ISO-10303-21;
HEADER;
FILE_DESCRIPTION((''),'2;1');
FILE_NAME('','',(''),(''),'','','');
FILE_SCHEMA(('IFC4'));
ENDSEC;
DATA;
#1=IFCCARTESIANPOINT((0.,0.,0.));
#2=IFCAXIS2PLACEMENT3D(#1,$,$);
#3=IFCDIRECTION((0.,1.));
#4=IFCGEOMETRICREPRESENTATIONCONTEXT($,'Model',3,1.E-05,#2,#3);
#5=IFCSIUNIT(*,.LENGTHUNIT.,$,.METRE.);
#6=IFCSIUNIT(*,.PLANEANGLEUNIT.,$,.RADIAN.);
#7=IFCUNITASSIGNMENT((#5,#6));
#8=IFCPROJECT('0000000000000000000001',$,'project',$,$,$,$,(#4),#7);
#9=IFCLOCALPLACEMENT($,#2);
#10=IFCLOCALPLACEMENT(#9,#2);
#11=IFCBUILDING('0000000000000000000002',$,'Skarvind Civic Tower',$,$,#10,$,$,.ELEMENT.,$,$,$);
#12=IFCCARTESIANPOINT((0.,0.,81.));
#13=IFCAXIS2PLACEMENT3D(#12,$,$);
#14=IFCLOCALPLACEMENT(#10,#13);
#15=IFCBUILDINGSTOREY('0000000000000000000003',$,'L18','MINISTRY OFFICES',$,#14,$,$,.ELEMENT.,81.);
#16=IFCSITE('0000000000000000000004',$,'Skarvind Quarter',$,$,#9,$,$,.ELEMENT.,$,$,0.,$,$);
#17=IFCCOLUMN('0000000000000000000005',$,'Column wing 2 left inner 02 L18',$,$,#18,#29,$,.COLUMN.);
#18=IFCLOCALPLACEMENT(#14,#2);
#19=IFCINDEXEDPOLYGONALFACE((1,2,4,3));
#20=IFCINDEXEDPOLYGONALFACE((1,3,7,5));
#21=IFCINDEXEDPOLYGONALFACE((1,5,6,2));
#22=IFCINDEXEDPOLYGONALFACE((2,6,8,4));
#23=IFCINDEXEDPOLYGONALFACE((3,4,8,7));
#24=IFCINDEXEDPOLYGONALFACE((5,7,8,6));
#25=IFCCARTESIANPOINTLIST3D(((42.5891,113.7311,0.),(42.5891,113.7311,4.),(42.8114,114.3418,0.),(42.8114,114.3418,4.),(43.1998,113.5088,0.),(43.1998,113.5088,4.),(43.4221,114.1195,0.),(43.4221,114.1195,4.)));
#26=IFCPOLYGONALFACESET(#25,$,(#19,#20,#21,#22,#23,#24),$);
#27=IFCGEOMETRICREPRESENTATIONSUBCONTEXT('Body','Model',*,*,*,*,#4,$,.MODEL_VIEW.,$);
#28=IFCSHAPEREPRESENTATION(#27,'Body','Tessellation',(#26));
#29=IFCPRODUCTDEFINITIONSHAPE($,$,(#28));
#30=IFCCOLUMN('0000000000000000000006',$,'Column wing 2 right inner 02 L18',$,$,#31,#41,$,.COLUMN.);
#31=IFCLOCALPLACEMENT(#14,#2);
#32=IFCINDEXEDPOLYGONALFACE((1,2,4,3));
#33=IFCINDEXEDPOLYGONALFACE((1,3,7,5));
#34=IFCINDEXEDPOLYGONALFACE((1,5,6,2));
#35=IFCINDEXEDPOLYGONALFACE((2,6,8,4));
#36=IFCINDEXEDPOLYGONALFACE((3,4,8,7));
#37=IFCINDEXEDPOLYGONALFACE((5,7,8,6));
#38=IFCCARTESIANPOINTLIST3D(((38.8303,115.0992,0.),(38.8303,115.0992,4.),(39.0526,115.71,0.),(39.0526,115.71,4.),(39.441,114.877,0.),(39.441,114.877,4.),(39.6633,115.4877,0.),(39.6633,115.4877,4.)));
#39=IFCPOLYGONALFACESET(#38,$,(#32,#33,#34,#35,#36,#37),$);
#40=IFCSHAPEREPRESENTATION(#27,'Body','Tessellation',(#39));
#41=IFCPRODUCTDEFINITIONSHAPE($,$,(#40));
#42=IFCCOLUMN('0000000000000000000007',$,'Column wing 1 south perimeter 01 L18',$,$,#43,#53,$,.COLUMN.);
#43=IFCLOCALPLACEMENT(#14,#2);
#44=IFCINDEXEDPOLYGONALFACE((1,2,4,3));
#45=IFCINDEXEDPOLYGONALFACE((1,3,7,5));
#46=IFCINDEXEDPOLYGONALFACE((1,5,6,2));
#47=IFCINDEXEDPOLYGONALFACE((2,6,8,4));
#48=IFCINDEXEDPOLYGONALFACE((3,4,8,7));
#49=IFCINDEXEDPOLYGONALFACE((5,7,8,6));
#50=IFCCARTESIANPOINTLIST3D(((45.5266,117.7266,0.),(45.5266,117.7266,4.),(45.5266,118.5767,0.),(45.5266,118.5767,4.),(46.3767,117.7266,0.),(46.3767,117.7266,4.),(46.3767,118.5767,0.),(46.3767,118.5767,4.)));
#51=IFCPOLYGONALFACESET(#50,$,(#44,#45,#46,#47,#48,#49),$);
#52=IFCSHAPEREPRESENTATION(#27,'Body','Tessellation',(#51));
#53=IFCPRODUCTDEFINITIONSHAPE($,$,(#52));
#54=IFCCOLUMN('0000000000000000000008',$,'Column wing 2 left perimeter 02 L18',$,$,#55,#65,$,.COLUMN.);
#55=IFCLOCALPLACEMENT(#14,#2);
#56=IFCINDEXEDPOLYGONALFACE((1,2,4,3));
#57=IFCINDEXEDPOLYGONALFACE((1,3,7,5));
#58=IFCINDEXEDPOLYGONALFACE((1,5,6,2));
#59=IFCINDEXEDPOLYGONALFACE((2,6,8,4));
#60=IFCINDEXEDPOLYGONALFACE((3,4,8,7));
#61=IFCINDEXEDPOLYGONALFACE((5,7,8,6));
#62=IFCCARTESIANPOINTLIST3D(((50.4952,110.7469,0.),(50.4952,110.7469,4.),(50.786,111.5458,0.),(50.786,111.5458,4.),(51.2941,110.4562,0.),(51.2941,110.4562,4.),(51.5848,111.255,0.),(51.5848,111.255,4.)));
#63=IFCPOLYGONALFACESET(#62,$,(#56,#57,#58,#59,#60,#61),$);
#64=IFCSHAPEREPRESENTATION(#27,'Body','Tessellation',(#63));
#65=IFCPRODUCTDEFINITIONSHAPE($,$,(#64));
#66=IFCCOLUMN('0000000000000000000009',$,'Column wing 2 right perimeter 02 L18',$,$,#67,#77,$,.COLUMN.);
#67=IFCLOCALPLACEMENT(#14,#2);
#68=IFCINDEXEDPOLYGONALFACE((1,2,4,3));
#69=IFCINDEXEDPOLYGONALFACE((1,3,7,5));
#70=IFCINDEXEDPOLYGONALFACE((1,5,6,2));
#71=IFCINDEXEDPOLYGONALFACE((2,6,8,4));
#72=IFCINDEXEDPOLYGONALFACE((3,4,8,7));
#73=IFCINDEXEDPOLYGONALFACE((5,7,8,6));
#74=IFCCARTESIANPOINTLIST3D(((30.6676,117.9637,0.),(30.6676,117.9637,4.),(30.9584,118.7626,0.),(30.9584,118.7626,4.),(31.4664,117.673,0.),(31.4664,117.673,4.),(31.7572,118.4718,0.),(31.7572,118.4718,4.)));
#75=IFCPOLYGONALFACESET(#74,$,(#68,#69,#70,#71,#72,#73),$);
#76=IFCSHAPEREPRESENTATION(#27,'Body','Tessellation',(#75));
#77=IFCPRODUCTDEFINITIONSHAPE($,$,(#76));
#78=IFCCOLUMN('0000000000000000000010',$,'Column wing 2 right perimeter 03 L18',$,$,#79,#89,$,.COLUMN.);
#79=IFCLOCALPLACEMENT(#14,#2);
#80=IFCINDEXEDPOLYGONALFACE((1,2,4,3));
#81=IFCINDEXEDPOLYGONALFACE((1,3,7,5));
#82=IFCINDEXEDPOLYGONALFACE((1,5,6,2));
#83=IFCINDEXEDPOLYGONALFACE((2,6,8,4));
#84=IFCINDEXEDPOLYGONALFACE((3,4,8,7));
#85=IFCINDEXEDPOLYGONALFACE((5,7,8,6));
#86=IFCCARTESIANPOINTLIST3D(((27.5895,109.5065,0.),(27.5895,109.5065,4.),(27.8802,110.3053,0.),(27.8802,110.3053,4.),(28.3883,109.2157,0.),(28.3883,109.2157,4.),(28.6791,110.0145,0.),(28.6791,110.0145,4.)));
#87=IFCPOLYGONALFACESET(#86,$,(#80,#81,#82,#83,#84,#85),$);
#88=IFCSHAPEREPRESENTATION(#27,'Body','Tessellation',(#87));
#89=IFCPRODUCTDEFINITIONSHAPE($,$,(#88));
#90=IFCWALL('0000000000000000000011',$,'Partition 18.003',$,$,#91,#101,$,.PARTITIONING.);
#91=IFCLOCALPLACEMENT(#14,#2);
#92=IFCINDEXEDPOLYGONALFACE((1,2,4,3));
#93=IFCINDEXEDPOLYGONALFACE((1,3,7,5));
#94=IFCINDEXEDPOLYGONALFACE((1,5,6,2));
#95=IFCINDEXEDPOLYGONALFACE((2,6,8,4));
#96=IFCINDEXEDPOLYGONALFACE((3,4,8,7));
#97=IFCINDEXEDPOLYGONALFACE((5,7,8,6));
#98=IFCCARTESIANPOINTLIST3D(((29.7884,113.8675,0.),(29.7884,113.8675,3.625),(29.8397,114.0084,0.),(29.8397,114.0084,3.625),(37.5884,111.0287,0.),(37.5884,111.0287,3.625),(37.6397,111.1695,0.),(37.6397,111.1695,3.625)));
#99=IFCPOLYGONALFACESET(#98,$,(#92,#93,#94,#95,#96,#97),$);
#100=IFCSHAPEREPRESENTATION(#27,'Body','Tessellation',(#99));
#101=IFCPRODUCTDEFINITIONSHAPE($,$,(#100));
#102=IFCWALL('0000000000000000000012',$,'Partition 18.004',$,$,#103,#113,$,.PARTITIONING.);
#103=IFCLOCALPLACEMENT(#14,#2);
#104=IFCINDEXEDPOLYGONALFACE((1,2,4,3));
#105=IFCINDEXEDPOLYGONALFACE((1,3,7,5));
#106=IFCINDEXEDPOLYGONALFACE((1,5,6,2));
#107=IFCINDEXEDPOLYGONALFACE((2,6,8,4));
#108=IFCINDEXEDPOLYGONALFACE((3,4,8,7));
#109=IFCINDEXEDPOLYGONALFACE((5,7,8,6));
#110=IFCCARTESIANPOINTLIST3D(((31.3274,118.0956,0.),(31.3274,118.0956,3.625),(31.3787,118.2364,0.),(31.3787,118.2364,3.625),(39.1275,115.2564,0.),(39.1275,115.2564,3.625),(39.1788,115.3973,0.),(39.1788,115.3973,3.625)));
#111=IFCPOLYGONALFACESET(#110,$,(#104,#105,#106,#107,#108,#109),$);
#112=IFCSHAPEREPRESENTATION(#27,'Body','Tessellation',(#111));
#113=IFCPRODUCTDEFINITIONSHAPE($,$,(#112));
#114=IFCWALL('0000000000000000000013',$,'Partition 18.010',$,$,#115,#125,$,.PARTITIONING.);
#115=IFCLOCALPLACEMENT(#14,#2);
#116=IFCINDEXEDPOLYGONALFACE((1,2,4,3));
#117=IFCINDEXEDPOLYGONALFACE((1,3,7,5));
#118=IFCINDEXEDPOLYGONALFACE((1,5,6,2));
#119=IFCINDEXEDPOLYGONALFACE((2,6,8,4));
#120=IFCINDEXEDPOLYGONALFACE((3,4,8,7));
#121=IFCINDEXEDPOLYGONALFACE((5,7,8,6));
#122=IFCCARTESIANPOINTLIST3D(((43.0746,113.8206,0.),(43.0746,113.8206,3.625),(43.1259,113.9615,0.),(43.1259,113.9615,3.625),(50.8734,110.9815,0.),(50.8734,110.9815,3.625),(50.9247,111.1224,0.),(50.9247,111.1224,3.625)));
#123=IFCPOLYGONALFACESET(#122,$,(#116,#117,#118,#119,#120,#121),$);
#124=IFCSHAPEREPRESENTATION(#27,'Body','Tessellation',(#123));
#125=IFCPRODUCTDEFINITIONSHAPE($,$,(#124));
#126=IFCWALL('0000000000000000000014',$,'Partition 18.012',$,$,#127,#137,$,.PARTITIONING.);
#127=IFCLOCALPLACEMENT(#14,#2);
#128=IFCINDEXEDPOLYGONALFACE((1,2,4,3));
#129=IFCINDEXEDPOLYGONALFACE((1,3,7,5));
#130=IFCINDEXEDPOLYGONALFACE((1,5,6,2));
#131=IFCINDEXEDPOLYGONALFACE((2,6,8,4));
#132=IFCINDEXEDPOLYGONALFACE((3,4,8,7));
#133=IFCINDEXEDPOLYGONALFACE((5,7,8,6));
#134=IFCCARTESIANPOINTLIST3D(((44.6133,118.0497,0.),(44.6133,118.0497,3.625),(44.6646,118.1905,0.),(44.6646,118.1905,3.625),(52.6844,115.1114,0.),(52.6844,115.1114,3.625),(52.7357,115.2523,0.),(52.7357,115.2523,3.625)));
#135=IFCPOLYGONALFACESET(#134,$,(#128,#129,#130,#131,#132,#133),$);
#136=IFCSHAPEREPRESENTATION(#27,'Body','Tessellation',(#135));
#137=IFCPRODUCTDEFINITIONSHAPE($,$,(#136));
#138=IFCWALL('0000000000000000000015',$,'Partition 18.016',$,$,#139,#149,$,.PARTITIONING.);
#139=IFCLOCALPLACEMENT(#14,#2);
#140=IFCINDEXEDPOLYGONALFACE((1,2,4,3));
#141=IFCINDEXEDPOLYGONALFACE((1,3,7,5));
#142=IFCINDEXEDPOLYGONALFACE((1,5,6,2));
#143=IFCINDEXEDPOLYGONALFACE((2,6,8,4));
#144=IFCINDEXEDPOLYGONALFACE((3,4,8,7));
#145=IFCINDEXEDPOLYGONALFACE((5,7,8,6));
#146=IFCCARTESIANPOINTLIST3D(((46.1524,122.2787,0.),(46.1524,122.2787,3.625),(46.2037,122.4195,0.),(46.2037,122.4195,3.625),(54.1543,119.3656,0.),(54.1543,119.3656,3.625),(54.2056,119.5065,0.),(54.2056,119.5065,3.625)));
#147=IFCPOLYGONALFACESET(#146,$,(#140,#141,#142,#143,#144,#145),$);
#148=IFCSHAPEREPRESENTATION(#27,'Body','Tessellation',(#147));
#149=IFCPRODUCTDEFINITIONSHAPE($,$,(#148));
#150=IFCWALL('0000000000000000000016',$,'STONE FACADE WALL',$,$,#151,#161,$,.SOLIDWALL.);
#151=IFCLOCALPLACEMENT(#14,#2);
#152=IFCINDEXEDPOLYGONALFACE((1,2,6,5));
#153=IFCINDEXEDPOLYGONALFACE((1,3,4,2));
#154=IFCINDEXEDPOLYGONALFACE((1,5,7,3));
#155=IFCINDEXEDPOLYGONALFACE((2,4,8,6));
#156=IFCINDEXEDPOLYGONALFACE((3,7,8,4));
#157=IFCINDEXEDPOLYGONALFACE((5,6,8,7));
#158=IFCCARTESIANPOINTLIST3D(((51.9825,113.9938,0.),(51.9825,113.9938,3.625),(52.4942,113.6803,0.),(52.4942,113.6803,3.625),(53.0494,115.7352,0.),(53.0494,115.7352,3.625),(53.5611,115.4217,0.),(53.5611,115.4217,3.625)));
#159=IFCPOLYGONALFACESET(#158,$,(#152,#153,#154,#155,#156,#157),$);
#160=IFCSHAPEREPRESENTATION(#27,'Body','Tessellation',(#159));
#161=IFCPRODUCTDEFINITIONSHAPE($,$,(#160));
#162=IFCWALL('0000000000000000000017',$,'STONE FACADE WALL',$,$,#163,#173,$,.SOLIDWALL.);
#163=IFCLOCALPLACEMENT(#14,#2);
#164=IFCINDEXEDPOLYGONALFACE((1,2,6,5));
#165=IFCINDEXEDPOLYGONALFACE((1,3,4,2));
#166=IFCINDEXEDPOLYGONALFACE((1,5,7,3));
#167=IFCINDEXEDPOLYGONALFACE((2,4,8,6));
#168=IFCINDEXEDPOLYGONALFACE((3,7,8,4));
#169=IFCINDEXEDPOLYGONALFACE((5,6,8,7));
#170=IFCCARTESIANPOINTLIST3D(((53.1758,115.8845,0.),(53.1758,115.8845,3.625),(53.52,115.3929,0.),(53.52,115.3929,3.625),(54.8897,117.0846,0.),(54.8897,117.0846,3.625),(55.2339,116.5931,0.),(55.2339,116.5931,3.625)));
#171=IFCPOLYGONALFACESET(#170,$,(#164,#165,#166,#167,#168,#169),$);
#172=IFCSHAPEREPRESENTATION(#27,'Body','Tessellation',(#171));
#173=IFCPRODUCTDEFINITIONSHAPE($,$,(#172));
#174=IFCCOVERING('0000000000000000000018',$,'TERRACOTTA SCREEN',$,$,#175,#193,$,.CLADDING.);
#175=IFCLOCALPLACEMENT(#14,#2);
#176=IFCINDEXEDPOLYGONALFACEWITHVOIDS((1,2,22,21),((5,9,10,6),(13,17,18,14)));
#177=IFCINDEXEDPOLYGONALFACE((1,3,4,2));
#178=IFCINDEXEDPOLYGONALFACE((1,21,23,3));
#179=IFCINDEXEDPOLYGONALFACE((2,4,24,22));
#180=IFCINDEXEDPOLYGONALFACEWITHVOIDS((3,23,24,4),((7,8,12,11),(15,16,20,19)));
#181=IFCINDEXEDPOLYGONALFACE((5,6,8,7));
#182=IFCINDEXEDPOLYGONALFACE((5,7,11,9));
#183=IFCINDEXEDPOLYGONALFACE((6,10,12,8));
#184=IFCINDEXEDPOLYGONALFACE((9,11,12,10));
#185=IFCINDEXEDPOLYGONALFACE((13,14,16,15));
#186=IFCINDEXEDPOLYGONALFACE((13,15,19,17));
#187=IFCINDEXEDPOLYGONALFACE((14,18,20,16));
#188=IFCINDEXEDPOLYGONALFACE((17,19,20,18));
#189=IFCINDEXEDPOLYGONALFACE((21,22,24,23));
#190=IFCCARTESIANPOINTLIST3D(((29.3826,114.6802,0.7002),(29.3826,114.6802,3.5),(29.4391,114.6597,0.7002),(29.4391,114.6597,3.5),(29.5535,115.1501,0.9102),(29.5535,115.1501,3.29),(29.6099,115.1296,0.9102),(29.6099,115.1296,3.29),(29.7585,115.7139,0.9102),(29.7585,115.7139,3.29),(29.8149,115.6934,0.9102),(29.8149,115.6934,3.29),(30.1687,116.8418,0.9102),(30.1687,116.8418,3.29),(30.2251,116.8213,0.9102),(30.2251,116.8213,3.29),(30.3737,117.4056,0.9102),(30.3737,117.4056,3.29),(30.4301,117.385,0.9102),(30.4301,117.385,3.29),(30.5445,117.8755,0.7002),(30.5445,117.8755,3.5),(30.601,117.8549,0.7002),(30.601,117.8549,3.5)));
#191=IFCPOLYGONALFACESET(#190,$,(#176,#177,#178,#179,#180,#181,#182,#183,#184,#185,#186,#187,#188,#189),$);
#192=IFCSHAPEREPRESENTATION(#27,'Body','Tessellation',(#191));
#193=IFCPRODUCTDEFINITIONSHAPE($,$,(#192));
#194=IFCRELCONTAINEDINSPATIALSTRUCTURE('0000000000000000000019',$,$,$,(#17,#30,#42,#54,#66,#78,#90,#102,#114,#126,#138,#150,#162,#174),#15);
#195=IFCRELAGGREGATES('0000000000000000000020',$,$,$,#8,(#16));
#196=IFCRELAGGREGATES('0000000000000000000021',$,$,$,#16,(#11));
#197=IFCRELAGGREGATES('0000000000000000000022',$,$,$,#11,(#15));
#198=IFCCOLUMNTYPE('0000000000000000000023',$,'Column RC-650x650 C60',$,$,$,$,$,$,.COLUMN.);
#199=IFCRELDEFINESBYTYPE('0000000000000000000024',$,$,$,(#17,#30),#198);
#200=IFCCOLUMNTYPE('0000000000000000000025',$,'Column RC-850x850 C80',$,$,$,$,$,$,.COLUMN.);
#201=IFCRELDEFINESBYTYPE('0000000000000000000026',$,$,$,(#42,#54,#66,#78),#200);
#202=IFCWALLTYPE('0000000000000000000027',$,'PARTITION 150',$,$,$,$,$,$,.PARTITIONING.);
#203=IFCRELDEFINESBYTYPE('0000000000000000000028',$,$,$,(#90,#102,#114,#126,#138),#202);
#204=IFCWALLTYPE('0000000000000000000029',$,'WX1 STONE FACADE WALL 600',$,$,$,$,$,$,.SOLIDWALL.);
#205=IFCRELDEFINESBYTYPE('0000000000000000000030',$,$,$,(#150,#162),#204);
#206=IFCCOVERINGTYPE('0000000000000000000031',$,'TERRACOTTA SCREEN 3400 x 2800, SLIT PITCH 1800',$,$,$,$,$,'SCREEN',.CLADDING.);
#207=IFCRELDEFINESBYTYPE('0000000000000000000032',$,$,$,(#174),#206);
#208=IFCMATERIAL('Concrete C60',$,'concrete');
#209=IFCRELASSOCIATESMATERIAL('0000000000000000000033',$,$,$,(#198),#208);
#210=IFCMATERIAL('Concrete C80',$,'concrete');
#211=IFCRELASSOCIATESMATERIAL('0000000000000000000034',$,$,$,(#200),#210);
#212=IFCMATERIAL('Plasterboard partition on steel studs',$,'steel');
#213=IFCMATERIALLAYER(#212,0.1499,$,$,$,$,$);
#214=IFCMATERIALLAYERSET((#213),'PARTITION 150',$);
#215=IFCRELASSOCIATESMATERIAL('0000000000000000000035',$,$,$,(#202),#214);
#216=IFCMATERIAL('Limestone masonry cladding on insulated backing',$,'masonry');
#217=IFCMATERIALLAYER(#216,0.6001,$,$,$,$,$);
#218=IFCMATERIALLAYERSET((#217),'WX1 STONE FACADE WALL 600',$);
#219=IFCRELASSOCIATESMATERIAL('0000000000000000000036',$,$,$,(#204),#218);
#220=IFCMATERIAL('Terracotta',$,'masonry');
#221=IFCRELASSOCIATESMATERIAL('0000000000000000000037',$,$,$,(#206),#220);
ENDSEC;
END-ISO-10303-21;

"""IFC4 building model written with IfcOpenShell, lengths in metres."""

from ifc_helpers import new_model, si_unit, direction, frame, frame_2d, origin, origin_2d, place, context, subcontext, project, spatial, polyline, rectangle, outline, extrude, material, layer, layer_set, material_profile, profile_set, type_object, element, save


model = new_model("IFC4")

# Units and contexts
model_context = context("Model", 3, precision=1e-05, world=origin(), true_north=direction((0.0, 1.0)))
body_context = subcontext(model_context, "Body", "Model", "MODEL_VIEW")
ifc_project = project(units=[si_unit("LENGTHUNIT", "METRE"), si_unit("PLANEANGLEUNIT", "RADIAN")], contexts=[model_context])

# Site, building, storey
site_placement = place(None, origin())
site = spatial("IfcSite", under=ifc_project, at=site_placement, Name="Skarvind Quarter", CompositionType="ELEMENT", RefElevation=0.0)
building_placement = place(site_placement, origin())
building = spatial("IfcBuilding", under=site, at=building_placement, Name="Skarvind Civic Tower", CompositionType="ELEMENT")
storey_placement = place(building_placement, frame((0.0, 0.0, 81.0)))
storey = spatial("IfcBuildingStorey", under=building, at=storey_placement, Name="L18", Description="MINISTRY OFFICES", CompositionType="ELEMENT", Elevation=81.0)

# Columns
ifc_material_1 = material(Name="Concrete C60", Category="concrete")
ifc_material_profile_1 = material_profile(ifc_material_1, rectangle(XDim=0.6499, YDim=0.6499, at=origin_2d()), Name="RC-650x650")
ifc_profile_set_1 = profile_set([ifc_material_profile_1], Name="Concrete C60")
column_type_1 = type_object("IfcColumnType", Name="Column RC-650x650 C60", PredefinedType="COLUMN", material=ifc_profile_set_1)
for number, where, z_axis, x_axis, name in (
    (1, (43.0056, 113.9253, 0.0), (0.0, 0.0, 1.0), (-0.34202, -0.939693, 0.0), "Column wing 2 left inner 02 L18"),
    (2, (39.2468, 115.2935, 0.0), (0.0, 0.0, 1.0), (-0.34202, -0.939693, 0.0), "Column wing 2 right inner 02 L18"),
):
    element("IfcColumn", number, at=place(storey_placement, frame(where, z_axis=z_axis, x_axis=x_axis)), inside=storey, type_object=column_type_1, Name=name, PredefinedType="COLUMN", context=body_context, shape_type="SweptSolid", body=[
        extrude(rectangle(XDim=0.6499, YDim=0.6499, at=origin_2d()), origin(), (0.0, 0.0, 1.0), 4.0),
    ])
ifc_material_2 = material(Name="Concrete C80", Category="concrete")
ifc_material_profile_2 = material_profile(ifc_material_2, rectangle(XDim=0.8501, YDim=0.8501, at=origin_2d()), Name="RC-850x850")
ifc_profile_set_2 = profile_set([ifc_material_profile_2], Name="Concrete C80")
column_type_2 = type_object("IfcColumnType", Name="Column RC-850x850 C80", PredefinedType="COLUMN", material=ifc_profile_set_2)
for number, where, z_axis, x_axis, name in (
    (3, (45.9517, 118.1516, 0.0), (0.0, 0.0, 1.0), (1.0, 0.0, 0.0), "Column wing 1 south perimeter 01 L18"),
    (4, (51.04, 111.001, 0.0), (0.0, 0.0, 1.0), (-0.34202, -0.939693, 0.0), "Column wing 2 left perimeter 02 L18"),
    (5, (31.2124, 118.2178, 0.0), (0.0, 0.0, 1.0), (-0.34202, -0.939693, 0.0), "Column wing 2 right perimeter 02 L18"),
    (6, (28.1343, 109.7605, 0.0), (0.0, 0.0, 1.0), (-0.34202, -0.939693, 0.0), "Column wing 2 right perimeter 03 L18"),
):
    element("IfcColumn", number, at=place(storey_placement, frame(where, z_axis=z_axis, x_axis=x_axis)), inside=storey, type_object=column_type_2, Name=name, PredefinedType="COLUMN", context=body_context, shape_type="SweptSolid", body=[
        extrude(rectangle(XDim=0.8501, YDim=0.8501, at=origin_2d()), origin(), (0.0, 0.0, 1.0), 4.0),
    ])

# Walls
ifc_material_3 = material(Name="Plasterboard partition on steel studs", Category="steel")
ifc_layer_1 = layer(ifc_material_3, 0.1499)
ifc_layer_set_1 = layer_set([ifc_layer_1], Name="PARTITION 150")
wall_type_1 = type_object("IfcWallType", Name="PARTITION 150", PredefinedType="PARTITIONING", material=ifc_layer_set_1)
wall_1_placement = place(storey_placement, frame((29.814, 113.938, 0.0), z_axis=(0.0, 0.0, 1.0), x_axis=(0.939697, -0.342008, 0.0)))
element("IfcWall", 7, at=wall_1_placement, inside=storey, type_object=wall_type_1, Name="Partition 18.003", PredefinedType="PARTITIONING", context=body_context, shape_type="SweptSolid", body=[
    extrude(rectangle(XDim=8.3005, YDim=0.1499, at=frame_2d((4.1504, 0.0))), origin(), (0.0, 0.0, 1.0), 3.625),
])
wall_2_placement = place(storey_placement, frame((31.353, 118.166, 0.0), z_axis=(0.0, 0.0, 1.0), x_axis=(0.939688, -0.342034, 0.0)))
element("IfcWall", 8, at=wall_2_placement, inside=storey, type_object=wall_type_1, Name="Partition 18.004", PredefinedType="PARTITIONING", context=body_context, shape_type="SweptSolid", body=[
    extrude(rectangle(XDim=8.3008, YDim=0.1499, at=frame_2d((4.1504, 0.0))), origin(), (0.0, 0.0, 1.0), 3.625),
])
wall_3_placement = place(storey_placement, frame((43.1001, 113.8911, 0.0), z_axis=(0.0, 0.0, 1.0), x_axis=(0.939671, -0.342081, 0.0)))
element("IfcWall", 9, at=wall_3_placement, inside=storey, type_object=wall_type_1, Name="Partition 18.010", PredefinedType="PARTITIONING", context=body_context, shape_type="SweptSolid", body=[
    extrude(rectangle(XDim=8.2996, YDim=0.1499, at=frame_2d((4.1499, 0.0))), origin(), (0.0, 0.0, 1.0), 3.625),
])
wall_4_placement = place(storey_placement, frame((44.6389, 118.1201, 0.0), z_axis=(0.0, 0.0, 1.0), x_axis=(0.93967, -0.342083, 0.0)))
element("IfcWall", 10, at=wall_4_placement, inside=storey, type_object=wall_type_1, Name="Partition 18.012", PredefinedType="PARTITIONING", context=body_context, shape_type="SweptSolid", body=[
    extrude(rectangle(XDim=8.5894, YDim=0.1499, at=frame_2d((4.2947, 0.0))), origin(), (0.0, 0.0, 1.0), 3.625),
])
wall_5_placement = place(storey_placement, frame((54.1799, 119.436, 0.0), z_axis=(0.0, 0.0, 1.0), x_axis=(-0.939669, 0.342084, 0.0)))
element("IfcWall", 11, at=wall_5_placement, inside=storey, type_object=wall_type_1, Name="Partition 18.016", PredefinedType="PARTITIONING", context=body_context, shape_type="SweptSolid", body=[
    extrude(rectangle(XDim=8.5156, YDim=0.1499, at=frame_2d((4.2578, 0.0))), origin(), (0.0, 0.0, 1.0), 3.625),
])

# Shared definitions
ifc_material_4 = material(Name="Limestone masonry cladding on insulated backing", Category="masonry")
ifc_layer_2 = layer(ifc_material_4, 0.6001)
ifc_layer_set_2 = layer_set([ifc_layer_2], Name="WX1 STONE FACADE WALL 600")
wall_type_2 = type_object("IfcWallType", Name="WX1 STONE FACADE WALL 600", PredefinedType="SOLIDWALL", material=ifc_layer_set_2)

# Walls
wall_6_placement = place(storey_placement, frame((53.3052, 115.5784, 0.0), z_axis=(0.0, 0.0, 1.0), x_axis=(-0.522402, -0.852699, 0.0)))
element("IfcWall", 12, at=wall_6_placement, inside=storey, type_object=wall_type_2, Name="STONE FACADE WALL", PredefinedType="SOLIDWALL", context=body_context, shape_type="SweptSolid", body=[
    extrude(rectangle(XDim=2.0422, YDim=0.6001, at=frame_2d((1.021, 0.0))), origin(), (0.0, 0.0, 1.0), 3.625),
])
wall_7_placement = place(storey_placement, frame((55.0618, 116.8389, 0.0), z_axis=(0.0, 0.0, 1.0), x_axis=(-0.819122, -0.573619, 0.0)))
element("IfcWall", 13, at=wall_7_placement, inside=storey, type_object=wall_type_2, Name="STONE FACADE WALL", PredefinedType="SOLIDWALL", context=body_context, shape_type="SweptSolid", body=[
    extrude(rectangle(XDim=2.0923, YDim=0.6001, at=frame_2d((1.0461, 0.0))), origin(), (0.0, 0.0, 1.0), 3.625),
])

# Covering
ifc_material_5 = material(Name="Terracotta", Category="masonry")
ifc_material_profile_3 = material_profile(ifc_material_5, outline(polyline([(-1.7, -1.3999), (1.7, -1.3999), (1.7, 1.3999), (-1.7, 1.3999), (-1.7, -1.3999)]), holes=[polyline([(-1.2, -1.1899), (-0.6001, -1.1899), (-0.6001, 1.1899), (-1.2, 1.1899), (-1.2, -1.1899)]), polyline([(0.6001, -1.1899), (1.2, -1.1899), (1.2, 1.1899), (0.6001, 1.1899), (0.6001, -1.1899)])]), Name="TERRACOTTA SCREEN 3400 x 2800, SLIT PITCH 1800")
ifc_profile_set_3 = profile_set([ifc_material_profile_3], Name="Terracotta")
covering_type = type_object("IfcCoveringType", Name="TERRACOTTA SCREEN 3400 x 2800, SLIT PITCH 1800", ElementType="SCREEN", PredefinedType="CLADDING", material=ifc_profile_set_3)
covering_placement = place(storey_placement, frame((30.02, 116.2573, 2.1001), z_axis=(-0.939793, 0.341743, 0.0), x_axis=(-0.341743, -0.939793, 0.0)))
element("IfcCovering", 14, at=covering_placement, inside=storey, type_object=covering_type, Name="TERRACOTTA SCREEN", PredefinedType="CLADDING", context=body_context, shape_type="SweptSolid", body=[
    extrude(outline(polyline([(-1.7, -1.3999), (1.7, -1.3999), (1.7, 1.3999), (-1.7, 1.3999), (-1.7, -1.3999)]), holes=[polyline([(-1.2, -1.1899), (-0.6001, -1.1899), (-0.6001, 1.1899), (-1.2, 1.1899), (-1.2, -1.1899)]), polyline([(0.6001, -1.1899), (1.2, -1.1899), (1.2, 1.1899), (0.6001, 1.1899), (0.6001, -1.1899)])]), origin(), (0.0, 0.0, 1.0), 0.0601),
])

save(model, "model.ifc")
